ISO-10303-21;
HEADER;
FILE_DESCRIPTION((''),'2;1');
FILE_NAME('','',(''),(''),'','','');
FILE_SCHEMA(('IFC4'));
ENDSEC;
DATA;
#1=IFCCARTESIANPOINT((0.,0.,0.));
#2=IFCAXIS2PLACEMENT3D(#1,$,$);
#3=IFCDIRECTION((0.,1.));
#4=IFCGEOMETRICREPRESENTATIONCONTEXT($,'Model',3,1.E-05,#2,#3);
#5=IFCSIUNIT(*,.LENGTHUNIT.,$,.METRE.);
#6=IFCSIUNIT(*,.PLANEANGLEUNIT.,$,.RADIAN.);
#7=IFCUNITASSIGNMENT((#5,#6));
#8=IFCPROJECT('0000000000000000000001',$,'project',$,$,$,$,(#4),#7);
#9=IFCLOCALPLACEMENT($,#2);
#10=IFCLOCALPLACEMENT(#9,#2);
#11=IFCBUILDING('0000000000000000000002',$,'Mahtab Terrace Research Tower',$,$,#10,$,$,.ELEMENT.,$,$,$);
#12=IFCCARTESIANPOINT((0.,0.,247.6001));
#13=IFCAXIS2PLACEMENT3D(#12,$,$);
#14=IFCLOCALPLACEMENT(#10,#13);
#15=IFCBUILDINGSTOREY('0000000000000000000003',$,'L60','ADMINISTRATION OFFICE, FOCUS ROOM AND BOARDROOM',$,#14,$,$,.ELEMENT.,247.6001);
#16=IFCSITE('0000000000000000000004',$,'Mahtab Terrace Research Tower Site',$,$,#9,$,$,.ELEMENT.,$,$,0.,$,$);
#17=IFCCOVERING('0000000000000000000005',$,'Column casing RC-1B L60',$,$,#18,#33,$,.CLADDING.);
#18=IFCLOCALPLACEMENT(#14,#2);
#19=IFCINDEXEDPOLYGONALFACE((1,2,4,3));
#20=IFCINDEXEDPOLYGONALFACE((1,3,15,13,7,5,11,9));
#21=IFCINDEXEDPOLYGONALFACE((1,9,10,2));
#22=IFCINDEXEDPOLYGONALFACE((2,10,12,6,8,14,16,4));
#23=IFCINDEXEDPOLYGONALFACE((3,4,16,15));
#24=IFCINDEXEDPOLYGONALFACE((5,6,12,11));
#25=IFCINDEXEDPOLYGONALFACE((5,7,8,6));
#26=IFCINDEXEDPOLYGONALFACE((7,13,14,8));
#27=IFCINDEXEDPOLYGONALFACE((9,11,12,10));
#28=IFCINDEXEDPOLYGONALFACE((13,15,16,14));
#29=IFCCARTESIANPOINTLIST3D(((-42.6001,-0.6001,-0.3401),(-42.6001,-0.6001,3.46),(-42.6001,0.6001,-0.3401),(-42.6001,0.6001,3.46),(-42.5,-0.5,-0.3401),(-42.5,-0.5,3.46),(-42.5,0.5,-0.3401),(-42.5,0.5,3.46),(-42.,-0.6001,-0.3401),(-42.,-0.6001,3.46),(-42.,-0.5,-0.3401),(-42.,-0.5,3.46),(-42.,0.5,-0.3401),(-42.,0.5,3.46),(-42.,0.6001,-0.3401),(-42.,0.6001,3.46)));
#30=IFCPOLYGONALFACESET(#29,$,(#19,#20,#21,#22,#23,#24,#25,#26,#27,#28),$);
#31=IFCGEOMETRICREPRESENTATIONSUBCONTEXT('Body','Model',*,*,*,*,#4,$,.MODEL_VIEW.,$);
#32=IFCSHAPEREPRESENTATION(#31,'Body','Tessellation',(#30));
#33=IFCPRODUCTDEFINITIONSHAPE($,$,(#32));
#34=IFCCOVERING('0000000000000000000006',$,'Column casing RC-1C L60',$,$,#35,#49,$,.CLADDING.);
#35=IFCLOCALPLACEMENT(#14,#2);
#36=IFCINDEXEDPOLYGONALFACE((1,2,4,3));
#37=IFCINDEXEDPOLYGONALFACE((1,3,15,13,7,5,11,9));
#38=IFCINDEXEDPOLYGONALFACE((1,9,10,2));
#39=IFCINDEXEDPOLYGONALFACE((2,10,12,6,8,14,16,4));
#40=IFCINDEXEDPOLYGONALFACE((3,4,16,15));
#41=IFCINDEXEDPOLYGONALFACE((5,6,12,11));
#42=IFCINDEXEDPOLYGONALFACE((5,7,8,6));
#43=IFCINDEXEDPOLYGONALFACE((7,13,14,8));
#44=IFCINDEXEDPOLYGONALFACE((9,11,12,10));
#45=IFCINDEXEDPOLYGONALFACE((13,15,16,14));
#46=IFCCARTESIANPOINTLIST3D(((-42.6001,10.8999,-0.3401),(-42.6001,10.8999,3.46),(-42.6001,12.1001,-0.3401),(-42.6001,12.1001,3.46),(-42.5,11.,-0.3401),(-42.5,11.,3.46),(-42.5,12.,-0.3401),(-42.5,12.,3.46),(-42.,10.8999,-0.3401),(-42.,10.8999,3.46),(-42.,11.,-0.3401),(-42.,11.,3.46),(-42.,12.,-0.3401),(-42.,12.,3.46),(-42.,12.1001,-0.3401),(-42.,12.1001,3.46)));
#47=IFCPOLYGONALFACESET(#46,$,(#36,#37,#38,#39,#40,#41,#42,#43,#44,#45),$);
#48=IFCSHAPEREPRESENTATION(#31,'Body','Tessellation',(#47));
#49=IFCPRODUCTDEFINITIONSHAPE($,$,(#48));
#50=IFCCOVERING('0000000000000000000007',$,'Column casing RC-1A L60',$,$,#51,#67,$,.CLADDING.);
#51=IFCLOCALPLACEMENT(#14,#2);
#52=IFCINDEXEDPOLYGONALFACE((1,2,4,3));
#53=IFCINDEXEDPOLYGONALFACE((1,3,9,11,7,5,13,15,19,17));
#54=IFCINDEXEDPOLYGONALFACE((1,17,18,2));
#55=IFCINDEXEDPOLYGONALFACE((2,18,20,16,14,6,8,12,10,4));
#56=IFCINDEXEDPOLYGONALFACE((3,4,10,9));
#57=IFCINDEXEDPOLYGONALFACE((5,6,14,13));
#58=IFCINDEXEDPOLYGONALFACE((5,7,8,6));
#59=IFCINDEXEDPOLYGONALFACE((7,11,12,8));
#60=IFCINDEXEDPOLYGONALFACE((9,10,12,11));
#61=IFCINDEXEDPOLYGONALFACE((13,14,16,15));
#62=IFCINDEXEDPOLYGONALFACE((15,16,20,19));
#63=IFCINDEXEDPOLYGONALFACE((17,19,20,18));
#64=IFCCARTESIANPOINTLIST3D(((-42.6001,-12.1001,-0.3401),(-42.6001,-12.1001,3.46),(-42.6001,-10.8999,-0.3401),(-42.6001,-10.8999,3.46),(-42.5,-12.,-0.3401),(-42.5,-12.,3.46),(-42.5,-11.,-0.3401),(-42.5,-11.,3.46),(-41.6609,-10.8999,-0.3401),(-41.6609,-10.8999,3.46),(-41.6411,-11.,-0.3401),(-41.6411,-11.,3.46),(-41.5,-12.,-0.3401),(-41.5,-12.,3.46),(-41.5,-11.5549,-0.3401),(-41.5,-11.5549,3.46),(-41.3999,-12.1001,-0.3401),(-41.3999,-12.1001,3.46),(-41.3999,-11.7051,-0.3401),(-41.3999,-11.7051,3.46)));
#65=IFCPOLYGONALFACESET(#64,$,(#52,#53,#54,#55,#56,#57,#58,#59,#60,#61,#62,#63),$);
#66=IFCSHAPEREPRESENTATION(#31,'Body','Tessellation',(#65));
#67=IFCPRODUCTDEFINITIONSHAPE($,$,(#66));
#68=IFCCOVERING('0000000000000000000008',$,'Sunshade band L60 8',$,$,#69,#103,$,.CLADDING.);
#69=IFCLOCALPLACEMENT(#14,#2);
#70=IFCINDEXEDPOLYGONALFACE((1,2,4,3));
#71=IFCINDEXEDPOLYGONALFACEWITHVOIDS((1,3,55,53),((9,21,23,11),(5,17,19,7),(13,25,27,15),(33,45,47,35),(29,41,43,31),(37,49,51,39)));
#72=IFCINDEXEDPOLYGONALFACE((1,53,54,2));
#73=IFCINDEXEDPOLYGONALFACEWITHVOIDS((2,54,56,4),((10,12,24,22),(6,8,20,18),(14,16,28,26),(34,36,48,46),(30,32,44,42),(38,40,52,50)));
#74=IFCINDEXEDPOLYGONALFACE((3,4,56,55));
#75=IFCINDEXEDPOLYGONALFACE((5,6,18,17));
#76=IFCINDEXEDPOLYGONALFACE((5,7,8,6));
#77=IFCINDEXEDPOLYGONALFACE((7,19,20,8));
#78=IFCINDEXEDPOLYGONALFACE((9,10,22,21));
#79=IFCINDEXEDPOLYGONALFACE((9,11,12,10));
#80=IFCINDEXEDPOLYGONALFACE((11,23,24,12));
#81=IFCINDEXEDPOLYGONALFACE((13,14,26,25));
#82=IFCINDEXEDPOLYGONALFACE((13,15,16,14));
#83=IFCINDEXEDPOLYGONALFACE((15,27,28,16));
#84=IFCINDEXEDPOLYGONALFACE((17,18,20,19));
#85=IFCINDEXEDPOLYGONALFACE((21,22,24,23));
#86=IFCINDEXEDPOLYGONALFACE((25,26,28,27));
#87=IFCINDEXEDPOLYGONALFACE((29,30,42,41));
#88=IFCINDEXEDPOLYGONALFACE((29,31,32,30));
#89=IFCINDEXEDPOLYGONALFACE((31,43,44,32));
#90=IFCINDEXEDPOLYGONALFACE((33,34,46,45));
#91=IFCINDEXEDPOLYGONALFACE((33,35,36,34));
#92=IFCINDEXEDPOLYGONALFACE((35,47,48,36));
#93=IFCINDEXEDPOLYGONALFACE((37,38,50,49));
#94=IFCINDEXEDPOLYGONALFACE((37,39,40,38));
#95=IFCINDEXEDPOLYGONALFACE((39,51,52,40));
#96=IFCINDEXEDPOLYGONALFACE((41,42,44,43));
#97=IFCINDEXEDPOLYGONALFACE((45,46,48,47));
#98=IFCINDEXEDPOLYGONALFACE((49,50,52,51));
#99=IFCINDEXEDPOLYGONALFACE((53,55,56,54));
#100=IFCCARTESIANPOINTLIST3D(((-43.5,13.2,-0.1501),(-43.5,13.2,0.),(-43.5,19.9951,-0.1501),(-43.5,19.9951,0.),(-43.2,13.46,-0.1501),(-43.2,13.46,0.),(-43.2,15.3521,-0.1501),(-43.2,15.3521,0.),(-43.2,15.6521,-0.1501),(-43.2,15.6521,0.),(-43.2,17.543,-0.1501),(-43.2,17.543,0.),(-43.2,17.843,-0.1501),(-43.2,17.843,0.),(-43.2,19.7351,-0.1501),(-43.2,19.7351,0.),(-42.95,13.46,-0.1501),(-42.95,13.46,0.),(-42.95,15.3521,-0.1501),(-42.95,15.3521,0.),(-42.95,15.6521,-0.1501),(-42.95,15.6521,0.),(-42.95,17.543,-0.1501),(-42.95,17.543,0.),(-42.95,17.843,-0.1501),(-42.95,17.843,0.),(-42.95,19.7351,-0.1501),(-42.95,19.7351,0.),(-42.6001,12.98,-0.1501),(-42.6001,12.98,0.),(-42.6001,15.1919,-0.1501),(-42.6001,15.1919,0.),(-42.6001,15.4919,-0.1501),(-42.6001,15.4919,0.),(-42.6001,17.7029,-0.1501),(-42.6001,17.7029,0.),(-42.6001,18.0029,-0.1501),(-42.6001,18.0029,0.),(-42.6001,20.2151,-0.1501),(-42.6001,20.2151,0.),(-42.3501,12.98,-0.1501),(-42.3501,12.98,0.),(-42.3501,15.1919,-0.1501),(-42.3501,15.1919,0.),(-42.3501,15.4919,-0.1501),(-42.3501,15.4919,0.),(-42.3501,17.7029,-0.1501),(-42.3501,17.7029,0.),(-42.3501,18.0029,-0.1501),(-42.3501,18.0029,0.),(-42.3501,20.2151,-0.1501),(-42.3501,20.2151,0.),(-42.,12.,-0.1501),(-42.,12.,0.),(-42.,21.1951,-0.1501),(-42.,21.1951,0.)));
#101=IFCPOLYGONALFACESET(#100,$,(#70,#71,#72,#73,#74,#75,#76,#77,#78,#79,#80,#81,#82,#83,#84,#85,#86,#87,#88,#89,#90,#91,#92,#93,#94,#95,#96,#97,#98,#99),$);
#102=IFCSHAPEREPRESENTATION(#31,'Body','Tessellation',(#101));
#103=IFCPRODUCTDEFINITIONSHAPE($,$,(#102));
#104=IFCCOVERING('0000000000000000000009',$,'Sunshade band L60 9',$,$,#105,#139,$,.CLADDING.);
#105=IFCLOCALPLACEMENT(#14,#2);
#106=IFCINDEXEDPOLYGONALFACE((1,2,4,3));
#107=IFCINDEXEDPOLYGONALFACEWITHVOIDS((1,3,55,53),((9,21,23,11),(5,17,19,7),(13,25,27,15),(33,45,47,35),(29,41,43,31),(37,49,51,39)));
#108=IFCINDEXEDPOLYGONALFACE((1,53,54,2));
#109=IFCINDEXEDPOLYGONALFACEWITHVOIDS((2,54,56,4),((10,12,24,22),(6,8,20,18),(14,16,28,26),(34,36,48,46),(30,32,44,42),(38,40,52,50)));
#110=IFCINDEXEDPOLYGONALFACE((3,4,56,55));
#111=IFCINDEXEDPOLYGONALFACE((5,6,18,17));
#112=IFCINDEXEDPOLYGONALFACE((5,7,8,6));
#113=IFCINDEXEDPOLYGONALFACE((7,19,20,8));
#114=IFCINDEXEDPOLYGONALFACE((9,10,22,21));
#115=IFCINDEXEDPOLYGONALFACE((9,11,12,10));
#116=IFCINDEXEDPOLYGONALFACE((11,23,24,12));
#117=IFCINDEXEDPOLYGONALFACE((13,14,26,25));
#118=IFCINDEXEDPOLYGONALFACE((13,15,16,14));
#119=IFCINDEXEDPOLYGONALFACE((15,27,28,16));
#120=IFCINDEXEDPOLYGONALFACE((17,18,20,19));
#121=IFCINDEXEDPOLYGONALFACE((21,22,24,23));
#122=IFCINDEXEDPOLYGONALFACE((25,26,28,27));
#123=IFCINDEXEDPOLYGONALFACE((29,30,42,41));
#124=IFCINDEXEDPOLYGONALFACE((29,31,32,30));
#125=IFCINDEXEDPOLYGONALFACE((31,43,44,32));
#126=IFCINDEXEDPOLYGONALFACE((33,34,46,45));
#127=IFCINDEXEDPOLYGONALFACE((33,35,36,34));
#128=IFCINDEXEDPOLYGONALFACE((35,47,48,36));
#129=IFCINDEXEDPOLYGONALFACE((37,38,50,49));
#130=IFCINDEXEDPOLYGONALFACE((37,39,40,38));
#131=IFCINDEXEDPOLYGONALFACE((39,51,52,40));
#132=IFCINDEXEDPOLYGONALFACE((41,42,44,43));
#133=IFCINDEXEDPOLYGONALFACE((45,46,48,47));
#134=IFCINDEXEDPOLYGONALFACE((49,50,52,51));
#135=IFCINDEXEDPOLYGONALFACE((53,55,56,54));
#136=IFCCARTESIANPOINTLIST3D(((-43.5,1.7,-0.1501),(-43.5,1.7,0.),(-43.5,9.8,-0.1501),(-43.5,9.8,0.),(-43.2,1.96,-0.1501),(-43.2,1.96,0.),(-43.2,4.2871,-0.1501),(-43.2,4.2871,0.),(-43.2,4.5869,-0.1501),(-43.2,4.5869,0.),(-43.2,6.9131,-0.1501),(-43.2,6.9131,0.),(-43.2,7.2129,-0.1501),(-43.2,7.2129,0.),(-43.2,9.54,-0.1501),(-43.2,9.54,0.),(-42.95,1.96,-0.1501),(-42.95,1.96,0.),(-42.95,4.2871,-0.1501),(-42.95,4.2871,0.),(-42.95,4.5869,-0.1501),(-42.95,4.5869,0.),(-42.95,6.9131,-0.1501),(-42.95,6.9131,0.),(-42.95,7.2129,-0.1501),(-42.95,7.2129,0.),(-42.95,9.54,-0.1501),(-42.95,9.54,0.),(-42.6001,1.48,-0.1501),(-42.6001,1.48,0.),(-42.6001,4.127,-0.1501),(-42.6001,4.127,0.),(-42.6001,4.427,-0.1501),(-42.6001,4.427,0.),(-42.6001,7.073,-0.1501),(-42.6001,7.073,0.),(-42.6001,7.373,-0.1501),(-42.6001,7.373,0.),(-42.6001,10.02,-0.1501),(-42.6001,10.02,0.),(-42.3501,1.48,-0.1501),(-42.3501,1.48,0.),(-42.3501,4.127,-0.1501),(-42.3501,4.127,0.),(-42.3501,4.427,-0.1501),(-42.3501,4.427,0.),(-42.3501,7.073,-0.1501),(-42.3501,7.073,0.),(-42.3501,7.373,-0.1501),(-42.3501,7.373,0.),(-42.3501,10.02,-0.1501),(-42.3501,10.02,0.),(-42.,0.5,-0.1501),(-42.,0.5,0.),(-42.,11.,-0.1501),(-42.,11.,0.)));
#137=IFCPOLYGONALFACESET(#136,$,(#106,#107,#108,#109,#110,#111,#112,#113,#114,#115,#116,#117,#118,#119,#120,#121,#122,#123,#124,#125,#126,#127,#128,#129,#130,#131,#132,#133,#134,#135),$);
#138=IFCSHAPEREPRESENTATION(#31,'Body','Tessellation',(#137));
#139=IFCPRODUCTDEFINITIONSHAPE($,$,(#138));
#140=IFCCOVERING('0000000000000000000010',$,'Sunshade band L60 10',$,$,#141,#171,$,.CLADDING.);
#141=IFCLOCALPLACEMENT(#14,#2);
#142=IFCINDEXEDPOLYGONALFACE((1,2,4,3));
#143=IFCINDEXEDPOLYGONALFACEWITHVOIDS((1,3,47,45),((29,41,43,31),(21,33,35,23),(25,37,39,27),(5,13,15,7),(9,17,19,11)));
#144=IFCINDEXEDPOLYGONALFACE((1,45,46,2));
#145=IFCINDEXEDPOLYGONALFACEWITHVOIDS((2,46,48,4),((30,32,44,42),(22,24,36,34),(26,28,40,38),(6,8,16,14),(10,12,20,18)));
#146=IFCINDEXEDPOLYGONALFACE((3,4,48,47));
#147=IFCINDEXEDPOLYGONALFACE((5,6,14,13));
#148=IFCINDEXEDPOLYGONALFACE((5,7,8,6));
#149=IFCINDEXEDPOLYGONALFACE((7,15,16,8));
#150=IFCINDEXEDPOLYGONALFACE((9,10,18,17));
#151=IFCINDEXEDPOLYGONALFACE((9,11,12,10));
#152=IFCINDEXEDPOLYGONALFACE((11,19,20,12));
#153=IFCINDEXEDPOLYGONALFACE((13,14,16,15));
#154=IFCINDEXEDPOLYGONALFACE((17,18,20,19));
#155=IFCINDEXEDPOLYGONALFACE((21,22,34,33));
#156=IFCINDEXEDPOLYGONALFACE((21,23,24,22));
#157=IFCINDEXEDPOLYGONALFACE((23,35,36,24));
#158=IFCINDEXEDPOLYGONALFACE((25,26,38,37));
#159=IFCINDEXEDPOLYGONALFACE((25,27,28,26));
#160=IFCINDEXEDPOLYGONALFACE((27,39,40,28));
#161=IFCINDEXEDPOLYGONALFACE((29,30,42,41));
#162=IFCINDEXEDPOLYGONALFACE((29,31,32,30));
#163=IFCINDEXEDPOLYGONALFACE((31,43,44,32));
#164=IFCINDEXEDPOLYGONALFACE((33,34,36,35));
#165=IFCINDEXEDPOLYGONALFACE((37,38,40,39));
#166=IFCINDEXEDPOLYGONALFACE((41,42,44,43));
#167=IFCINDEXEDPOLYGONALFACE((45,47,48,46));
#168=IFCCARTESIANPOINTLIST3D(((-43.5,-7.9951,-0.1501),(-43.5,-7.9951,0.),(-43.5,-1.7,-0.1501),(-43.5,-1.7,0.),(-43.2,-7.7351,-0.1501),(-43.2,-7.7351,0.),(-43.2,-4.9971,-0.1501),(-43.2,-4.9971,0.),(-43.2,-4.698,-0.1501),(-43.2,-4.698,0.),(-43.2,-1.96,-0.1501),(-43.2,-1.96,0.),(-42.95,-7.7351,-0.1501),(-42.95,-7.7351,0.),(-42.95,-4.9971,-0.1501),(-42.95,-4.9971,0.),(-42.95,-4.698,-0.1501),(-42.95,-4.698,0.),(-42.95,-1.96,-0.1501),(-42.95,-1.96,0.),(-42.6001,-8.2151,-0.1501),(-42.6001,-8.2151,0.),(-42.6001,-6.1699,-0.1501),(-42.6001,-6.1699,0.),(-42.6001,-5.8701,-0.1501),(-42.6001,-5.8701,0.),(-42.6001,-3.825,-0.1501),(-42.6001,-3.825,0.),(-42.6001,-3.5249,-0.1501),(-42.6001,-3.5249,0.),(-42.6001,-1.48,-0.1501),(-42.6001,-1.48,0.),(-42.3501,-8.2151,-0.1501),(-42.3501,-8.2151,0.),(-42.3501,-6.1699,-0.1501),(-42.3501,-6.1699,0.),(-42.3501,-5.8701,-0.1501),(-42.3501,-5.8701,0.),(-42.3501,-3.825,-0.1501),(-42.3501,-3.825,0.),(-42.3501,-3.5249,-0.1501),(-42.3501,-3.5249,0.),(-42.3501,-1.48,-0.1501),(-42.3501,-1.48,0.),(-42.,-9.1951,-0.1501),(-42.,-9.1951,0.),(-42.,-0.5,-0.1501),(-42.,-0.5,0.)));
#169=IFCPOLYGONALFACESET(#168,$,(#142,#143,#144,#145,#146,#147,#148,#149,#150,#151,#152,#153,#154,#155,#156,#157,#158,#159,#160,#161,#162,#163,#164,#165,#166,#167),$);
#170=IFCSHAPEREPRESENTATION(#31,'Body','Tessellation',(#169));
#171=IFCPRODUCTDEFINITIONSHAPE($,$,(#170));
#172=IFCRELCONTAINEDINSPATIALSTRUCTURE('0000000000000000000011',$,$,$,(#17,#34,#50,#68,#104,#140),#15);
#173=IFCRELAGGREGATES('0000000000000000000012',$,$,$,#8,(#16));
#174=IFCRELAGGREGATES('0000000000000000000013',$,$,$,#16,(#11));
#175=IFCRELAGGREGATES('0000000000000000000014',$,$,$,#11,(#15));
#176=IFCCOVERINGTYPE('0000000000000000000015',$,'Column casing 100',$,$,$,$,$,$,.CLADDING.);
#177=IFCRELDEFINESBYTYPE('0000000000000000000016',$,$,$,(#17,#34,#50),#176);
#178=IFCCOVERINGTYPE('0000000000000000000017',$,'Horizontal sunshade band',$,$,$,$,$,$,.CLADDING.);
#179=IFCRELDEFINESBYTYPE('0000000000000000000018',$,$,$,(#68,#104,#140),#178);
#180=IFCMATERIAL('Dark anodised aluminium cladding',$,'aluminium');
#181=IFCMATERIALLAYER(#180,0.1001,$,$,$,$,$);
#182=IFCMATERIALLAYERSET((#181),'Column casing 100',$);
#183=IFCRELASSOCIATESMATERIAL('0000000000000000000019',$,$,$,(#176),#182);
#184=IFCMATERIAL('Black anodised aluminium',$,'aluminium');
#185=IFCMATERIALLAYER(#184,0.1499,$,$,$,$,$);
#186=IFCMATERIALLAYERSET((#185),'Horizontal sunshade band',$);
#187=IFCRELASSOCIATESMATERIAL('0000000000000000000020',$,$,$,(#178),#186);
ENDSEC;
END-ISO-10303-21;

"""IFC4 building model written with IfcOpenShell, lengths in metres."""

from ifc_helpers import new_model, si_unit, direction, frame, origin, place, context, subcontext, project, spatial, polyline, outline, extrude, material, layer, layer_set, type_object, element, save


model = new_model("IFC4")

# Units and contexts
model_context = context("Model", 3, precision=1e-05, world=origin(), true_north=direction((0.0, 1.0)))
body_context = subcontext(model_context, "Body", "Model", "MODEL_VIEW")
ifc_project = project(units=[si_unit("LENGTHUNIT", "METRE"), si_unit("PLANEANGLEUNIT", "RADIAN")], contexts=[model_context])

# Site, building, storey
site_placement = place(None, origin())
site = spatial("IfcSite", under=ifc_project, at=site_placement, Name="Mahtab Terrace Research Tower Site", CompositionType="ELEMENT", RefElevation=0.0)
building_placement = place(site_placement, origin())
building = spatial("IfcBuilding", under=site, at=building_placement, Name="Mahtab Terrace Research Tower", CompositionType="ELEMENT")
storey_placement = place(building_placement, frame((0.0, 0.0, 247.6001)))
storey = spatial("IfcBuildingStorey", under=building, at=storey_placement, Name="L60", Description="ADMINISTRATION OFFICE, FOCUS ROOM AND BOARDROOM", CompositionType="ELEMENT", Elevation=247.6001)

# Coverings
ifc_material_1 = material(Name="Dark anodised aluminium cladding", Category="aluminium")
ifc_layer_1 = layer(ifc_material_1, 0.1001)
ifc_layer_set_1 = layer_set([ifc_layer_1], Name="Column casing 100")
covering_type_1 = type_object("IfcCoveringType", Name="Column casing 100", PredefinedType="CLADDING", material=ifc_layer_set_1)
covering_1_placement = place(storey_placement, frame((0.0, 0.0, -0.3401)))
element("IfcCovering", 1, at=covering_1_placement, inside=storey, type_object=covering_type_1, Name="Column casing RC-1B L60", PredefinedType="CLADDING", context=body_context, shape_type="SweptSolid", body=[
    extrude(outline(polyline([(-42.6001, 0.6001), (-42.0, 0.6001), (-42.0, 0.5), (-42.5, 0.5), (-42.5, -0.5), (-42.0, -0.5), (-42.0, -0.6001), (-42.6001, -0.6001), (-42.6001, 0.6001)])), origin(), (0.0, 0.0, 1.0), 3.8),
])
covering_2_placement = place(storey_placement, frame((0.0, 0.0, -0.3401)))
element("IfcCovering", 2, at=covering_2_placement, inside=storey, type_object=covering_type_1, Name="Column casing RC-1C L60", PredefinedType="CLADDING", context=body_context, shape_type="SweptSolid", body=[
    extrude(outline(polyline([(-42.6001, 12.1001), (-42.0, 12.1001), (-42.0, 12.0), (-42.5, 12.0), (-42.5, 11.0), (-42.0, 11.0), (-42.0, 10.8999), (-42.6001, 10.8999), (-42.6001, 12.1001)])), origin(), (0.0, 0.0, 1.0), 3.8),
])
covering_3_placement = place(storey_placement, frame((0.0, 0.0, -0.3401)))
element("IfcCovering", 3, at=covering_3_placement, inside=storey, type_object=covering_type_1, Name="Column casing RC-1A L60", PredefinedType="CLADDING", context=body_context, shape_type="SweptSolid", body=[
    extrude(outline(polyline([(-42.6001, -10.8999), (-41.6609, -10.8999), (-41.6411, -11.0), (-42.5, -11.0), (-42.5, -12.0), (-41.5, -12.0), (-41.5, -11.5549), (-41.3999, -11.7051), (-41.3999, -12.1001), (-42.6001, -12.1001), (-42.6001, -10.8999)])), origin(), (0.0, 0.0, 1.0), 3.8),
])
ifc_material_2 = material(Name="Black anodised aluminium", Category="aluminium")
ifc_layer_2 = layer(ifc_material_2, 0.1499)
ifc_layer_set_2 = layer_set([ifc_layer_2], Name="Horizontal sunshade band")
covering_type_2 = type_object("IfcCoveringType", Name="Horizontal sunshade band", PredefinedType="CLADDING", material=ifc_layer_set_2)
covering_4_placement = place(storey_placement, frame((0.0, 0.0, -0.1501)))
element("IfcCovering", 4, at=covering_4_placement, inside=storey, type_object=covering_type_2, Name="Sunshade band L60 8", PredefinedType="CLADDING", context=body_context, shape_type="SweptSolid", body=[
    extrude(outline(polyline([(-42.0, 21.1951), (-42.0, 12.0), (-43.5, 13.2), (-43.5, 19.9951), (-42.0, 21.1951)]), holes=[polyline([(-42.3501, 20.2151), (-42.3501, 18.0029), (-42.6001, 18.0029), (-42.6001, 20.2151), (-42.3501, 20.2151)]), polyline([(-42.3501, 17.7029), (-42.3501, 15.4919), (-42.6001, 15.4919), (-42.6001, 17.7029), (-42.3501, 17.7029)]), polyline([(-42.3501, 15.1919), (-42.3501, 12.98), (-42.6001, 12.98), (-42.6001, 15.1919), (-42.3501, 15.1919)]), polyline([(-42.95, 19.7351), (-42.95, 17.843), (-43.2, 17.843), (-43.2, 19.7351), (-42.95, 19.7351)]), polyline([(-42.95, 17.543), (-42.95, 15.6521), (-43.2, 15.6521), (-43.2, 17.543), (-42.95, 17.543)]), polyline([(-42.95, 15.3521), (-42.95, 13.46), (-43.2, 13.46), (-43.2, 15.3521), (-42.95, 15.3521)])]), origin(), (0.0, 0.0, 1.0), 0.1501),
])
covering_5_placement = place(storey_placement, frame((0.0, 0.0, -0.1501)))
element("IfcCovering", 5, at=covering_5_placement, inside=storey, type_object=covering_type_2, Name="Sunshade band L60 9", PredefinedType="CLADDING", context=body_context, shape_type="SweptSolid", body=[
    extrude(outline(polyline([(-42.0, 11.0), (-42.0, 0.5), (-43.5, 1.7), (-43.5, 9.8), (-42.0, 11.0)]), holes=[polyline([(-42.3501, 10.02), (-42.3501, 7.373), (-42.6001, 7.373), (-42.6001, 10.02), (-42.3501, 10.02)]), polyline([(-42.3501, 7.073), (-42.3501, 4.427), (-42.6001, 4.427), (-42.6001, 7.073), (-42.3501, 7.073)]), polyline([(-42.3501, 4.127), (-42.3501, 1.48), (-42.6001, 1.48), (-42.6001, 4.127), (-42.3501, 4.127)]), polyline([(-42.95, 9.54), (-42.95, 7.2129), (-43.2, 7.2129), (-43.2, 9.54), (-42.95, 9.54)]), polyline([(-42.95, 6.9131), (-42.95, 4.5869), (-43.2, 4.5869), (-43.2, 6.9131), (-42.95, 6.9131)]), polyline([(-42.95, 4.2871), (-42.95, 1.96), (-43.2, 1.96), (-43.2, 4.2871), (-42.95, 4.2871)])]), origin(), (0.0, 0.0, 1.0), 0.1501),
])
covering_6_placement = place(storey_placement, frame((0.0, 0.0, -0.1501)))
element("IfcCovering", 6, at=covering_6_placement, inside=storey, type_object=covering_type_2, Name="Sunshade band L60 10", PredefinedType="CLADDING", context=body_context, shape_type="SweptSolid", body=[
    extrude(outline(polyline([(-42.0, -0.5), (-42.0, -9.1951), (-43.5, -7.9951), (-43.5, -1.7), (-42.0, -0.5)]), holes=[polyline([(-42.3501, -1.48), (-42.3501, -3.5249), (-42.6001, -3.5249), (-42.6001, -1.48), (-42.3501, -1.48)]), polyline([(-42.3501, -3.825), (-42.3501, -5.8701), (-42.6001, -5.8701), (-42.6001, -3.825), (-42.3501, -3.825)]), polyline([(-42.3501, -6.1699), (-42.3501, -8.2151), (-42.6001, -8.2151), (-42.6001, -6.1699), (-42.3501, -6.1699)]), polyline([(-42.95, -1.96), (-42.95, -4.698), (-43.2, -4.698), (-43.2, -1.96), (-42.95, -1.96)]), polyline([(-42.95, -4.9971), (-42.95, -7.7351), (-43.2, -7.7351), (-43.2, -4.9971), (-42.95, -4.9971)])]), origin(), (0.0, 0.0, 1.0), 0.1501),
])

save(model, "model.ifc")
